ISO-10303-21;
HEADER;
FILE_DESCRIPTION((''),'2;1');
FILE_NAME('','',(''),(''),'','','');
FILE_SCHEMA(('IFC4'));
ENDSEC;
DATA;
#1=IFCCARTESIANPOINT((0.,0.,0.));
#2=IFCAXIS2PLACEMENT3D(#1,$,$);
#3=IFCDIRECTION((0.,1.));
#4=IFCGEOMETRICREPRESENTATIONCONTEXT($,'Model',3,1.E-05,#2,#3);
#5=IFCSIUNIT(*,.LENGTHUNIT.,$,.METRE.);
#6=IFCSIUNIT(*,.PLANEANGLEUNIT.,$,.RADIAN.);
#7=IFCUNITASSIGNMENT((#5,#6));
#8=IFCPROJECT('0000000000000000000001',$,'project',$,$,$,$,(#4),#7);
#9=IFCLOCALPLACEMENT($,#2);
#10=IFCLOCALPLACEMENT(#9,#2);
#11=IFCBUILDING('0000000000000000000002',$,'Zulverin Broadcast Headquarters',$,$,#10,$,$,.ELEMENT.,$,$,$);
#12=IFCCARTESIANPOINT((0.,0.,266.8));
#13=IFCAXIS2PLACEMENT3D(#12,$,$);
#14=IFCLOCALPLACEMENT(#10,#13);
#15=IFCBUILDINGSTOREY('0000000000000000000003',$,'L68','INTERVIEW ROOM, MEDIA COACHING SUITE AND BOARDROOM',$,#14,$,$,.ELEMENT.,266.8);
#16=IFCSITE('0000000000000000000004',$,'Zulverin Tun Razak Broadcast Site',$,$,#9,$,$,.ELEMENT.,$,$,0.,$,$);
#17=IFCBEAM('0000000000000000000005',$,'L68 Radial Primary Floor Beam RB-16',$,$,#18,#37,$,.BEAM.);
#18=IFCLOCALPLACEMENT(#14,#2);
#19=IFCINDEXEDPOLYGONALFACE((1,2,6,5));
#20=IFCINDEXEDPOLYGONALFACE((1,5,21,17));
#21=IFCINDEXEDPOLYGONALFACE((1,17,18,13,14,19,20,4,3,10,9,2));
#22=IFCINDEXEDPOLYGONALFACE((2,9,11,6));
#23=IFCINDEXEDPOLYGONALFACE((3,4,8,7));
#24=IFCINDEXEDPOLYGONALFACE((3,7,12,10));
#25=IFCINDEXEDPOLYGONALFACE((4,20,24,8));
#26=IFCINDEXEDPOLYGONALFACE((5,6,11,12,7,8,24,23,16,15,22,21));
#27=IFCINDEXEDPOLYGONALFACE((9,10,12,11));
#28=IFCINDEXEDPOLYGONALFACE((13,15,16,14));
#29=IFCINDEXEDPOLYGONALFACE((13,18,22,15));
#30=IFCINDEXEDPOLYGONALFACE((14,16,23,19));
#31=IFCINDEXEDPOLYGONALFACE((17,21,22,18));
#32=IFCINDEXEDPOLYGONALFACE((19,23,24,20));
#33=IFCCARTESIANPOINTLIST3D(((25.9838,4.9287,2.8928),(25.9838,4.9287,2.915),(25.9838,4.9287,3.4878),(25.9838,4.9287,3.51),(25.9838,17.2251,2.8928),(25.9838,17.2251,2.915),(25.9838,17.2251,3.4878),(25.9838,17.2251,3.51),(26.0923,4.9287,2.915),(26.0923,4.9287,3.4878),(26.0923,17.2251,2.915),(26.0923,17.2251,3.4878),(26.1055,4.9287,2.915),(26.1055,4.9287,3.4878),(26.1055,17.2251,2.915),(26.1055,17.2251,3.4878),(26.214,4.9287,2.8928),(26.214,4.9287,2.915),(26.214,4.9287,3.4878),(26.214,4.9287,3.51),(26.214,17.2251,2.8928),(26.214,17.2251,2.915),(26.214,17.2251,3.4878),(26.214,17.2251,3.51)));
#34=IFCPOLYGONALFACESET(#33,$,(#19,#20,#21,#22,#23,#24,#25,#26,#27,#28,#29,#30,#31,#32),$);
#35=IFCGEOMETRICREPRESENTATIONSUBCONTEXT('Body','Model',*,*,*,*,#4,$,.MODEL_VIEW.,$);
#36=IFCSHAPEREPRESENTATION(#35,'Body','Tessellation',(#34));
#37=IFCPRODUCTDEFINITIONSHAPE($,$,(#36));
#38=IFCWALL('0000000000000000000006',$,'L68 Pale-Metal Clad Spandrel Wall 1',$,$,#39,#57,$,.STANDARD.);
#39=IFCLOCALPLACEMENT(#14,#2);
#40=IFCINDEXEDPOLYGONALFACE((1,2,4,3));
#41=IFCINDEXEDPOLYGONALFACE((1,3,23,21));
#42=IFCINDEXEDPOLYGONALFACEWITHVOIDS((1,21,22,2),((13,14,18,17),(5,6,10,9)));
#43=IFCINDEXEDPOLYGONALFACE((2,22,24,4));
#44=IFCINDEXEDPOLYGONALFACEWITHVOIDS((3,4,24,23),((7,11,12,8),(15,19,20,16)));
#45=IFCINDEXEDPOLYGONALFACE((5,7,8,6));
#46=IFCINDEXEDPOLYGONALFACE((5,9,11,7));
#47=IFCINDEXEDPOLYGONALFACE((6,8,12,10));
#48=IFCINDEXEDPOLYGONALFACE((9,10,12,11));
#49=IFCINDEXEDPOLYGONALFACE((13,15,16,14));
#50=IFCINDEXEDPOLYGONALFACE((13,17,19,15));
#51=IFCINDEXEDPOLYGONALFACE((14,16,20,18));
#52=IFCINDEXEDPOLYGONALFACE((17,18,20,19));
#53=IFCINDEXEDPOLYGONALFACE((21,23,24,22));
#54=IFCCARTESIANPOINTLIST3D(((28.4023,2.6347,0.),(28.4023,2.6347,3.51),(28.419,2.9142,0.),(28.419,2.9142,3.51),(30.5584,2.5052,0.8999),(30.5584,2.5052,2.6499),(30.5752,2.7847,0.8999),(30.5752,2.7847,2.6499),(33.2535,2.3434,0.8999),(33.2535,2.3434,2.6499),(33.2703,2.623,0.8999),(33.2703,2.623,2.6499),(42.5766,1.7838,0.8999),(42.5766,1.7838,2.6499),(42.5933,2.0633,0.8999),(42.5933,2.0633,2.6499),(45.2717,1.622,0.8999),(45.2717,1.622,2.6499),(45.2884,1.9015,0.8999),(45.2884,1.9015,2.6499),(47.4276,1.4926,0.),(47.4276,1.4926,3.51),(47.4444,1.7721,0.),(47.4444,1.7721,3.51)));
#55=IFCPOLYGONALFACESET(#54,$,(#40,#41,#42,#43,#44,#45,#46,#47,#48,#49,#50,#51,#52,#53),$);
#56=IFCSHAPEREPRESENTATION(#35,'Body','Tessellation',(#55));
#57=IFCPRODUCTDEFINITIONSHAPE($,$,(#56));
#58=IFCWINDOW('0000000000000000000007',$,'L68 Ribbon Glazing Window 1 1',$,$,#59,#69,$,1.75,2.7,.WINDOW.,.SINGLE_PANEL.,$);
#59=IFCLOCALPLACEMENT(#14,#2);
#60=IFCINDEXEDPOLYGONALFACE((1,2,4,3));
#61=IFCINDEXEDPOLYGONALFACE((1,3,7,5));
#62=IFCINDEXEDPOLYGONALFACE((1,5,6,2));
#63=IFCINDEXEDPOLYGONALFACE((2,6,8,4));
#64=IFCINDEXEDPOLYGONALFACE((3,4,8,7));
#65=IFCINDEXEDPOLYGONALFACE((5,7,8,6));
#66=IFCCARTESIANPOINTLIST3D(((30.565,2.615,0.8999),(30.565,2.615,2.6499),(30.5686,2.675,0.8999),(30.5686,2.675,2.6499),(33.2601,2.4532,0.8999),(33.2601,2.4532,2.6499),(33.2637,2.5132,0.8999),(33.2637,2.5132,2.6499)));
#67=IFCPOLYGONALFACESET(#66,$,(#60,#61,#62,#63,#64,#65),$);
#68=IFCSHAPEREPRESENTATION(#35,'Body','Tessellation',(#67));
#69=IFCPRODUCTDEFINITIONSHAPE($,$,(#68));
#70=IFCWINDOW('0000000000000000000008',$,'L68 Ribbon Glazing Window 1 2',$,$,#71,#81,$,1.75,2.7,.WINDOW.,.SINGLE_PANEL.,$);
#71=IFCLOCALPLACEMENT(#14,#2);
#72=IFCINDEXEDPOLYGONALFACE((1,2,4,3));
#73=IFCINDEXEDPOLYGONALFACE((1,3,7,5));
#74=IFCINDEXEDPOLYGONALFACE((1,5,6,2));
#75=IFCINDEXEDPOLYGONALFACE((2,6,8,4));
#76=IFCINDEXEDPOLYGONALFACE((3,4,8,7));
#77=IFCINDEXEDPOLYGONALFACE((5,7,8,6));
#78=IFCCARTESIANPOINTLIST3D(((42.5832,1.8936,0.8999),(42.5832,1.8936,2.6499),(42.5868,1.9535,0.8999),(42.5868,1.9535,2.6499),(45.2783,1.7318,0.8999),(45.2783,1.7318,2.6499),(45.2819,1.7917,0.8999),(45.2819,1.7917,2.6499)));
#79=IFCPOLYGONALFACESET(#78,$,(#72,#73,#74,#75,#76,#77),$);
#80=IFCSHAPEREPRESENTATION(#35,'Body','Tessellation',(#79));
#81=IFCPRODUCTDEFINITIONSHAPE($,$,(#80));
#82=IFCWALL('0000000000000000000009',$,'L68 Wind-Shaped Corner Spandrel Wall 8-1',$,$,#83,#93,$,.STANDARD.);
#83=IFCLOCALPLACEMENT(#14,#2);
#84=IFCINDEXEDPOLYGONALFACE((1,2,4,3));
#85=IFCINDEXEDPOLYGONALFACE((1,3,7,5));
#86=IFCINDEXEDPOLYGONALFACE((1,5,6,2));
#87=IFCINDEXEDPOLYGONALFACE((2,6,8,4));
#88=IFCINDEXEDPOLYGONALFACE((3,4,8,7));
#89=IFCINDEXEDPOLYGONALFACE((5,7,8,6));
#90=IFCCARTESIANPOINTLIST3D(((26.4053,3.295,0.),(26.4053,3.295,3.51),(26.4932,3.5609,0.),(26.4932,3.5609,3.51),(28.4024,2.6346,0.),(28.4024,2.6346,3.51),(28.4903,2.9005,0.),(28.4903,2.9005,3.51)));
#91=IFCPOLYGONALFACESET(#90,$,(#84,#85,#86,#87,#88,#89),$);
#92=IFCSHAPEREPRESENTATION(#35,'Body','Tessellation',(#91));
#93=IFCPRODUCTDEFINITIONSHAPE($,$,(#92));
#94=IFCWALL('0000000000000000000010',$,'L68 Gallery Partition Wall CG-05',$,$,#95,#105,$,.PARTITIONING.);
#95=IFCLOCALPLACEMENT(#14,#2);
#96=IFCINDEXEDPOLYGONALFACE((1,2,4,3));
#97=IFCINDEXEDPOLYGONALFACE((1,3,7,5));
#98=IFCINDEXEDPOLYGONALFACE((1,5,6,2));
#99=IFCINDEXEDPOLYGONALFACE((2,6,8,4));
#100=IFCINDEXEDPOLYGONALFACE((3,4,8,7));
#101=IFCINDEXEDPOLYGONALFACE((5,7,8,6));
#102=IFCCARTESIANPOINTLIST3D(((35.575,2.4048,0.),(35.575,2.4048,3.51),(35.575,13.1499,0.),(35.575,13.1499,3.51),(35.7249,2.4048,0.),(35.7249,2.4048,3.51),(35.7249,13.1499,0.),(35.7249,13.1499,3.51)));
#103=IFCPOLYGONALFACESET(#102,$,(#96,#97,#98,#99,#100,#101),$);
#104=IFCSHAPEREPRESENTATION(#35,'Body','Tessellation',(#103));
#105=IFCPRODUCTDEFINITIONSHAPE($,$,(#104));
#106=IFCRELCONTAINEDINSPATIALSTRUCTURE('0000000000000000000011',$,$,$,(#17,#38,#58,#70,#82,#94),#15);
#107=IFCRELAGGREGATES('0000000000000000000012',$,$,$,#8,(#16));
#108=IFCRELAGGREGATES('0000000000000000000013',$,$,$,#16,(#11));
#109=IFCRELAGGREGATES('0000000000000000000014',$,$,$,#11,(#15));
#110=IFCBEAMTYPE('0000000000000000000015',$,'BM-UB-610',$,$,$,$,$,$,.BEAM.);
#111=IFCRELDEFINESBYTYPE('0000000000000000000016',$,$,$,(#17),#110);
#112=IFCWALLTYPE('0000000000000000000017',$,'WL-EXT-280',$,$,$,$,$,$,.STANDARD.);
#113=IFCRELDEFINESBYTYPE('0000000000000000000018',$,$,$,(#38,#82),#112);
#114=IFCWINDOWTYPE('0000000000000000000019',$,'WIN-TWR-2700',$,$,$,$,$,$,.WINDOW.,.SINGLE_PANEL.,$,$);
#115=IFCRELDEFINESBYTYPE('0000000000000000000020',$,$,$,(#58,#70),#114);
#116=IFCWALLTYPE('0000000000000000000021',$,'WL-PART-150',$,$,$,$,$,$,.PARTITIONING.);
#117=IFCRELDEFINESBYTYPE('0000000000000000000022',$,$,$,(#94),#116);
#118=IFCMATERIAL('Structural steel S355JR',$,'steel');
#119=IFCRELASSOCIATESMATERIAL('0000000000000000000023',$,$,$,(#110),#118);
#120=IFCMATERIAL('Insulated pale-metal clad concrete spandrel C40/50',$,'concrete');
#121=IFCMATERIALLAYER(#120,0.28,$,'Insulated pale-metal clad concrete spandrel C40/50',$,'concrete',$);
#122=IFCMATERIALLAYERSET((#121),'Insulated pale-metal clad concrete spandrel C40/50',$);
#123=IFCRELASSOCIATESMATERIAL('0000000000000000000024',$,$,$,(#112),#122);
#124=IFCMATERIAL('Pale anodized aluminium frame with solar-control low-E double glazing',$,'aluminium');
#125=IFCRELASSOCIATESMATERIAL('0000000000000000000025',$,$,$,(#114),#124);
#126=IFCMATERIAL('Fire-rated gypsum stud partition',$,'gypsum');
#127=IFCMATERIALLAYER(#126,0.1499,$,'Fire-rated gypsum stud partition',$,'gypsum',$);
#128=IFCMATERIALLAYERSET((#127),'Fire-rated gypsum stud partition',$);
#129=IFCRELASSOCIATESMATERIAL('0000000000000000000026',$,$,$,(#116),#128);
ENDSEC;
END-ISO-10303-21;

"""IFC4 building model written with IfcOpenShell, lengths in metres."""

from ifc_helpers import new_model, si_unit, direction, frame, frame_2d, origin, origin_2d, place, context, subcontext, project, spatial, rectangle, i_section, extrude, material, layer, layer_set, material_profile, profile_set, type_object, element, fill, save


model = new_model("IFC4")

# Units and contexts
model_context = context("Model", 3, precision=1e-05, world=origin(), true_north=direction((0.0, 1.0)))
body_context = subcontext(model_context, "Body", "Model", "MODEL_VIEW")
ifc_project = project(units=[si_unit("LENGTHUNIT", "METRE"), si_unit("PLANEANGLEUNIT", "RADIAN")], contexts=[model_context])

# Site, building, storey
site_placement = place(None, origin())
site = spatial("IfcSite", under=ifc_project, at=site_placement, Name="Zulverin Tun Razak Broadcast Site", CompositionType="ELEMENT", RefElevation=0.0)
building_placement = place(site_placement, origin())
building = spatial("IfcBuilding", under=site, at=building_placement, Name="Zulverin Broadcast Headquarters", CompositionType="ELEMENT")
storey_placement = place(building_placement, frame((0.0, 0.0, 266.8)))
storey = spatial("IfcBuildingStorey", under=building, at=storey_placement, Name="L68", Description="INTERVIEW ROOM, MEDIA COACHING SUITE AND BOARDROOM", CompositionType="ELEMENT", Elevation=266.8)

# Beam
ifc_material_1 = material(Name="Structural steel S355JR", Category="steel")
ifc_material_profile_1 = material_profile(ifc_material_1, i_section(OverallWidth=0.2302, OverallDepth=0.6172, WebThickness=0.0132, FlangeThickness=0.0222, at=origin_2d()), Name="Structural steel S355JR", Category="steel")
ifc_profile_set_1 = profile_set([ifc_material_profile_1], Name="Structural steel S355JR")
beam_type_1 = type_object("IfcBeamType", Name="BM-UB-610", PredefinedType="BEAM", material=ifc_profile_set_1)
beam_1_placement = place(storey_placement, frame((26.0989, 17.2251, 3.2014), z_axis=(0.0, -1.0, 0.0), x_axis=(1.0, 0.0, 0.0)))
element("IfcBeam", 1, at=beam_1_placement, inside=storey, type_object=beam_type_1, Name="L68 Radial Primary Floor Beam RB-16", PredefinedType="BEAM", context=body_context, shape_type="SweptSolid", body=[
    extrude(i_section(OverallWidth=0.2302, OverallDepth=0.6172, WebThickness=0.0132, FlangeThickness=0.0222, at=origin_2d()), origin(), (0.0, 0.0, 1.0), 12.2964),
])

# Wall, openings, windows
ifc_material_2 = material(Name="Insulated pale-metal clad concrete spandrel C40/50", Category="concrete")
ifc_layer_1 = layer(ifc_material_2, 0.28, Name="Insulated pale-metal clad concrete spandrel C40/50", Category="concrete")
ifc_layer_set_1 = layer_set([ifc_layer_1], Name="Insulated pale-metal clad concrete spandrel C40/50")
wall_type_1 = type_object("IfcWallType", Name="WL-EXT-280", PredefinedType="STANDARD", material=ifc_layer_set_1)
wall_1_placement = place(storey_placement, frame((28.4106, 2.7744, 0.0), z_axis=(0.0, 0.0, 1.0), x_axis=(0.998203, -0.059922, 0.0)))
wall_1 = element("IfcWall", 2, at=wall_1_placement, inside=storey, type_object=wall_type_1, Name="L68 Pale-Metal Clad Spandrel Wall 1", PredefinedType="STANDARD", context=body_context, shape_type="SweptSolid", body=[
    extrude(rectangle(XDim=19.0596, YDim=0.28, at=frame_2d((9.5298, 0.0))), origin(), (0.0, 0.0, 1.0), 3.51),
])
opening_1_placement = place(wall_1_placement, frame((2.1599, 0.0, 0.8999)))
opening_1 = element("IfcOpeningElement", 3, at=opening_1_placement, cuts=wall_1, PredefinedType="OPENING", context=body_context, shape_type="SweptSolid", body=[
    extrude(rectangle(XDim=2.7, YDim=1.75, at=frame_2d((1.3501, 0.875))), frame((0.0, 0.1499, 0.0), z_axis=(0.0, -1.0, 0.0), x_axis=(1.0, 0.0, 0.0)), (0.0, 0.0, 1.0), 0.3),
])
opening_2_placement = place(wall_1_placement, frame((14.1997, 0.0, 0.8999)))
opening_2 = element("IfcOpeningElement", 4, at=opening_2_placement, cuts=wall_1, PredefinedType="OPENING", context=body_context, shape_type="SweptSolid", body=[
    extrude(rectangle(XDim=2.7, YDim=1.75, at=frame_2d((1.3501, 0.875))), frame((0.0, 0.1499, 0.0), z_axis=(0.0, -1.0, 0.0), x_axis=(1.0, 0.0, 0.0)), (0.0, 0.0, 1.0), 0.3),
])
ifc_material_3 = material(Name="Pale anodized aluminium frame with solar-control low-E double glazing", Category="aluminium")
window_type = type_object("IfcWindowType", Name="WIN-TWR-2700", PartitioningType="SINGLE_PANEL", PredefinedType="WINDOW", material=ifc_material_3)
window_1_placement = place(opening_1_placement, origin())
window_1 = element("IfcWindow", 5, at=window_1_placement, inside=storey, type_object=window_type, Name="L68 Ribbon Glazing Window 1 1", OverallHeight=1.75, OverallWidth=2.7, PartitioningType="SINGLE_PANEL", PredefinedType="WINDOW", context=body_context, shape_type="SweptSolid", body=[
    extrude(rectangle(XDim=2.7, YDim=1.75, at=frame_2d((1.3501, 0.875))), frame((0.0, 0.03, 0.0), z_axis=(0.0, -1.0, 0.0), x_axis=(1.0, 0.0, 0.0)), (0.0, 0.0, 1.0), 0.0601),
])
fill(opening_1, window_1)
window_2_placement = place(opening_2_placement, origin())
window_2 = element("IfcWindow", 6, at=window_2_placement, inside=storey, type_object=window_type, Name="L68 Ribbon Glazing Window 1 2", OverallHeight=1.75, OverallWidth=2.7, PartitioningType="SINGLE_PANEL", PredefinedType="WINDOW", context=body_context, shape_type="SweptSolid", body=[
    extrude(rectangle(XDim=2.7, YDim=1.75, at=frame_2d((1.3501, 0.875))), frame((0.0, 0.03, 0.0), z_axis=(0.0, -1.0, 0.0), x_axis=(1.0, 0.0, 0.0)), (0.0, 0.0, 1.0), 0.0601),
])
fill(opening_2, window_2)

# Walls
wall_2_placement = place(storey_placement, frame((26.4492, 3.428, 0.0), z_axis=(0.0, 0.0, 1.0), x_axis=(0.949435, -0.313964, 0.0)))
element("IfcWall", 7, at=wall_2_placement, inside=storey, type_object=wall_type_1, Name="L68 Wind-Shaped Corner Spandrel Wall 8-1", PredefinedType="STANDARD", context=body_context, shape_type="SweptSolid", body=[
    extrude(rectangle(XDim=2.1035, YDim=0.28, at=frame_2d((1.0518, 0.0))), origin(), (0.0, 0.0, 1.0), 3.51),
])
ifc_material_4 = material(Name="Fire-rated gypsum stud partition", Category="gypsum")
ifc_layer_2 = layer(ifc_material_4, 0.1499, Name="Fire-rated gypsum stud partition", Category="gypsum")
ifc_layer_set_2 = layer_set([ifc_layer_2], Name="Fire-rated gypsum stud partition")
wall_type_2 = type_object("IfcWallType", Name="WL-PART-150", PredefinedType="PARTITIONING", material=ifc_layer_set_2)
wall_3_placement = place(storey_placement, frame((35.6499, 2.4048, 0.0), z_axis=(0.0, 0.0, 1.0), x_axis=(0.0, 1.0, 0.0)))
element("IfcWall", 8, at=wall_3_placement, inside=storey, type_object=wall_type_2, Name="L68 Gallery Partition Wall CG-05", PredefinedType="PARTITIONING", context=body_context, shape_type="SweptSolid", body=[
    extrude(rectangle(XDim=10.7451, YDim=0.1499, at=frame_2d((5.3726, 0.0))), origin(), (0.0, 0.0, 1.0), 3.51),
])

save(model, "model.ifc")
